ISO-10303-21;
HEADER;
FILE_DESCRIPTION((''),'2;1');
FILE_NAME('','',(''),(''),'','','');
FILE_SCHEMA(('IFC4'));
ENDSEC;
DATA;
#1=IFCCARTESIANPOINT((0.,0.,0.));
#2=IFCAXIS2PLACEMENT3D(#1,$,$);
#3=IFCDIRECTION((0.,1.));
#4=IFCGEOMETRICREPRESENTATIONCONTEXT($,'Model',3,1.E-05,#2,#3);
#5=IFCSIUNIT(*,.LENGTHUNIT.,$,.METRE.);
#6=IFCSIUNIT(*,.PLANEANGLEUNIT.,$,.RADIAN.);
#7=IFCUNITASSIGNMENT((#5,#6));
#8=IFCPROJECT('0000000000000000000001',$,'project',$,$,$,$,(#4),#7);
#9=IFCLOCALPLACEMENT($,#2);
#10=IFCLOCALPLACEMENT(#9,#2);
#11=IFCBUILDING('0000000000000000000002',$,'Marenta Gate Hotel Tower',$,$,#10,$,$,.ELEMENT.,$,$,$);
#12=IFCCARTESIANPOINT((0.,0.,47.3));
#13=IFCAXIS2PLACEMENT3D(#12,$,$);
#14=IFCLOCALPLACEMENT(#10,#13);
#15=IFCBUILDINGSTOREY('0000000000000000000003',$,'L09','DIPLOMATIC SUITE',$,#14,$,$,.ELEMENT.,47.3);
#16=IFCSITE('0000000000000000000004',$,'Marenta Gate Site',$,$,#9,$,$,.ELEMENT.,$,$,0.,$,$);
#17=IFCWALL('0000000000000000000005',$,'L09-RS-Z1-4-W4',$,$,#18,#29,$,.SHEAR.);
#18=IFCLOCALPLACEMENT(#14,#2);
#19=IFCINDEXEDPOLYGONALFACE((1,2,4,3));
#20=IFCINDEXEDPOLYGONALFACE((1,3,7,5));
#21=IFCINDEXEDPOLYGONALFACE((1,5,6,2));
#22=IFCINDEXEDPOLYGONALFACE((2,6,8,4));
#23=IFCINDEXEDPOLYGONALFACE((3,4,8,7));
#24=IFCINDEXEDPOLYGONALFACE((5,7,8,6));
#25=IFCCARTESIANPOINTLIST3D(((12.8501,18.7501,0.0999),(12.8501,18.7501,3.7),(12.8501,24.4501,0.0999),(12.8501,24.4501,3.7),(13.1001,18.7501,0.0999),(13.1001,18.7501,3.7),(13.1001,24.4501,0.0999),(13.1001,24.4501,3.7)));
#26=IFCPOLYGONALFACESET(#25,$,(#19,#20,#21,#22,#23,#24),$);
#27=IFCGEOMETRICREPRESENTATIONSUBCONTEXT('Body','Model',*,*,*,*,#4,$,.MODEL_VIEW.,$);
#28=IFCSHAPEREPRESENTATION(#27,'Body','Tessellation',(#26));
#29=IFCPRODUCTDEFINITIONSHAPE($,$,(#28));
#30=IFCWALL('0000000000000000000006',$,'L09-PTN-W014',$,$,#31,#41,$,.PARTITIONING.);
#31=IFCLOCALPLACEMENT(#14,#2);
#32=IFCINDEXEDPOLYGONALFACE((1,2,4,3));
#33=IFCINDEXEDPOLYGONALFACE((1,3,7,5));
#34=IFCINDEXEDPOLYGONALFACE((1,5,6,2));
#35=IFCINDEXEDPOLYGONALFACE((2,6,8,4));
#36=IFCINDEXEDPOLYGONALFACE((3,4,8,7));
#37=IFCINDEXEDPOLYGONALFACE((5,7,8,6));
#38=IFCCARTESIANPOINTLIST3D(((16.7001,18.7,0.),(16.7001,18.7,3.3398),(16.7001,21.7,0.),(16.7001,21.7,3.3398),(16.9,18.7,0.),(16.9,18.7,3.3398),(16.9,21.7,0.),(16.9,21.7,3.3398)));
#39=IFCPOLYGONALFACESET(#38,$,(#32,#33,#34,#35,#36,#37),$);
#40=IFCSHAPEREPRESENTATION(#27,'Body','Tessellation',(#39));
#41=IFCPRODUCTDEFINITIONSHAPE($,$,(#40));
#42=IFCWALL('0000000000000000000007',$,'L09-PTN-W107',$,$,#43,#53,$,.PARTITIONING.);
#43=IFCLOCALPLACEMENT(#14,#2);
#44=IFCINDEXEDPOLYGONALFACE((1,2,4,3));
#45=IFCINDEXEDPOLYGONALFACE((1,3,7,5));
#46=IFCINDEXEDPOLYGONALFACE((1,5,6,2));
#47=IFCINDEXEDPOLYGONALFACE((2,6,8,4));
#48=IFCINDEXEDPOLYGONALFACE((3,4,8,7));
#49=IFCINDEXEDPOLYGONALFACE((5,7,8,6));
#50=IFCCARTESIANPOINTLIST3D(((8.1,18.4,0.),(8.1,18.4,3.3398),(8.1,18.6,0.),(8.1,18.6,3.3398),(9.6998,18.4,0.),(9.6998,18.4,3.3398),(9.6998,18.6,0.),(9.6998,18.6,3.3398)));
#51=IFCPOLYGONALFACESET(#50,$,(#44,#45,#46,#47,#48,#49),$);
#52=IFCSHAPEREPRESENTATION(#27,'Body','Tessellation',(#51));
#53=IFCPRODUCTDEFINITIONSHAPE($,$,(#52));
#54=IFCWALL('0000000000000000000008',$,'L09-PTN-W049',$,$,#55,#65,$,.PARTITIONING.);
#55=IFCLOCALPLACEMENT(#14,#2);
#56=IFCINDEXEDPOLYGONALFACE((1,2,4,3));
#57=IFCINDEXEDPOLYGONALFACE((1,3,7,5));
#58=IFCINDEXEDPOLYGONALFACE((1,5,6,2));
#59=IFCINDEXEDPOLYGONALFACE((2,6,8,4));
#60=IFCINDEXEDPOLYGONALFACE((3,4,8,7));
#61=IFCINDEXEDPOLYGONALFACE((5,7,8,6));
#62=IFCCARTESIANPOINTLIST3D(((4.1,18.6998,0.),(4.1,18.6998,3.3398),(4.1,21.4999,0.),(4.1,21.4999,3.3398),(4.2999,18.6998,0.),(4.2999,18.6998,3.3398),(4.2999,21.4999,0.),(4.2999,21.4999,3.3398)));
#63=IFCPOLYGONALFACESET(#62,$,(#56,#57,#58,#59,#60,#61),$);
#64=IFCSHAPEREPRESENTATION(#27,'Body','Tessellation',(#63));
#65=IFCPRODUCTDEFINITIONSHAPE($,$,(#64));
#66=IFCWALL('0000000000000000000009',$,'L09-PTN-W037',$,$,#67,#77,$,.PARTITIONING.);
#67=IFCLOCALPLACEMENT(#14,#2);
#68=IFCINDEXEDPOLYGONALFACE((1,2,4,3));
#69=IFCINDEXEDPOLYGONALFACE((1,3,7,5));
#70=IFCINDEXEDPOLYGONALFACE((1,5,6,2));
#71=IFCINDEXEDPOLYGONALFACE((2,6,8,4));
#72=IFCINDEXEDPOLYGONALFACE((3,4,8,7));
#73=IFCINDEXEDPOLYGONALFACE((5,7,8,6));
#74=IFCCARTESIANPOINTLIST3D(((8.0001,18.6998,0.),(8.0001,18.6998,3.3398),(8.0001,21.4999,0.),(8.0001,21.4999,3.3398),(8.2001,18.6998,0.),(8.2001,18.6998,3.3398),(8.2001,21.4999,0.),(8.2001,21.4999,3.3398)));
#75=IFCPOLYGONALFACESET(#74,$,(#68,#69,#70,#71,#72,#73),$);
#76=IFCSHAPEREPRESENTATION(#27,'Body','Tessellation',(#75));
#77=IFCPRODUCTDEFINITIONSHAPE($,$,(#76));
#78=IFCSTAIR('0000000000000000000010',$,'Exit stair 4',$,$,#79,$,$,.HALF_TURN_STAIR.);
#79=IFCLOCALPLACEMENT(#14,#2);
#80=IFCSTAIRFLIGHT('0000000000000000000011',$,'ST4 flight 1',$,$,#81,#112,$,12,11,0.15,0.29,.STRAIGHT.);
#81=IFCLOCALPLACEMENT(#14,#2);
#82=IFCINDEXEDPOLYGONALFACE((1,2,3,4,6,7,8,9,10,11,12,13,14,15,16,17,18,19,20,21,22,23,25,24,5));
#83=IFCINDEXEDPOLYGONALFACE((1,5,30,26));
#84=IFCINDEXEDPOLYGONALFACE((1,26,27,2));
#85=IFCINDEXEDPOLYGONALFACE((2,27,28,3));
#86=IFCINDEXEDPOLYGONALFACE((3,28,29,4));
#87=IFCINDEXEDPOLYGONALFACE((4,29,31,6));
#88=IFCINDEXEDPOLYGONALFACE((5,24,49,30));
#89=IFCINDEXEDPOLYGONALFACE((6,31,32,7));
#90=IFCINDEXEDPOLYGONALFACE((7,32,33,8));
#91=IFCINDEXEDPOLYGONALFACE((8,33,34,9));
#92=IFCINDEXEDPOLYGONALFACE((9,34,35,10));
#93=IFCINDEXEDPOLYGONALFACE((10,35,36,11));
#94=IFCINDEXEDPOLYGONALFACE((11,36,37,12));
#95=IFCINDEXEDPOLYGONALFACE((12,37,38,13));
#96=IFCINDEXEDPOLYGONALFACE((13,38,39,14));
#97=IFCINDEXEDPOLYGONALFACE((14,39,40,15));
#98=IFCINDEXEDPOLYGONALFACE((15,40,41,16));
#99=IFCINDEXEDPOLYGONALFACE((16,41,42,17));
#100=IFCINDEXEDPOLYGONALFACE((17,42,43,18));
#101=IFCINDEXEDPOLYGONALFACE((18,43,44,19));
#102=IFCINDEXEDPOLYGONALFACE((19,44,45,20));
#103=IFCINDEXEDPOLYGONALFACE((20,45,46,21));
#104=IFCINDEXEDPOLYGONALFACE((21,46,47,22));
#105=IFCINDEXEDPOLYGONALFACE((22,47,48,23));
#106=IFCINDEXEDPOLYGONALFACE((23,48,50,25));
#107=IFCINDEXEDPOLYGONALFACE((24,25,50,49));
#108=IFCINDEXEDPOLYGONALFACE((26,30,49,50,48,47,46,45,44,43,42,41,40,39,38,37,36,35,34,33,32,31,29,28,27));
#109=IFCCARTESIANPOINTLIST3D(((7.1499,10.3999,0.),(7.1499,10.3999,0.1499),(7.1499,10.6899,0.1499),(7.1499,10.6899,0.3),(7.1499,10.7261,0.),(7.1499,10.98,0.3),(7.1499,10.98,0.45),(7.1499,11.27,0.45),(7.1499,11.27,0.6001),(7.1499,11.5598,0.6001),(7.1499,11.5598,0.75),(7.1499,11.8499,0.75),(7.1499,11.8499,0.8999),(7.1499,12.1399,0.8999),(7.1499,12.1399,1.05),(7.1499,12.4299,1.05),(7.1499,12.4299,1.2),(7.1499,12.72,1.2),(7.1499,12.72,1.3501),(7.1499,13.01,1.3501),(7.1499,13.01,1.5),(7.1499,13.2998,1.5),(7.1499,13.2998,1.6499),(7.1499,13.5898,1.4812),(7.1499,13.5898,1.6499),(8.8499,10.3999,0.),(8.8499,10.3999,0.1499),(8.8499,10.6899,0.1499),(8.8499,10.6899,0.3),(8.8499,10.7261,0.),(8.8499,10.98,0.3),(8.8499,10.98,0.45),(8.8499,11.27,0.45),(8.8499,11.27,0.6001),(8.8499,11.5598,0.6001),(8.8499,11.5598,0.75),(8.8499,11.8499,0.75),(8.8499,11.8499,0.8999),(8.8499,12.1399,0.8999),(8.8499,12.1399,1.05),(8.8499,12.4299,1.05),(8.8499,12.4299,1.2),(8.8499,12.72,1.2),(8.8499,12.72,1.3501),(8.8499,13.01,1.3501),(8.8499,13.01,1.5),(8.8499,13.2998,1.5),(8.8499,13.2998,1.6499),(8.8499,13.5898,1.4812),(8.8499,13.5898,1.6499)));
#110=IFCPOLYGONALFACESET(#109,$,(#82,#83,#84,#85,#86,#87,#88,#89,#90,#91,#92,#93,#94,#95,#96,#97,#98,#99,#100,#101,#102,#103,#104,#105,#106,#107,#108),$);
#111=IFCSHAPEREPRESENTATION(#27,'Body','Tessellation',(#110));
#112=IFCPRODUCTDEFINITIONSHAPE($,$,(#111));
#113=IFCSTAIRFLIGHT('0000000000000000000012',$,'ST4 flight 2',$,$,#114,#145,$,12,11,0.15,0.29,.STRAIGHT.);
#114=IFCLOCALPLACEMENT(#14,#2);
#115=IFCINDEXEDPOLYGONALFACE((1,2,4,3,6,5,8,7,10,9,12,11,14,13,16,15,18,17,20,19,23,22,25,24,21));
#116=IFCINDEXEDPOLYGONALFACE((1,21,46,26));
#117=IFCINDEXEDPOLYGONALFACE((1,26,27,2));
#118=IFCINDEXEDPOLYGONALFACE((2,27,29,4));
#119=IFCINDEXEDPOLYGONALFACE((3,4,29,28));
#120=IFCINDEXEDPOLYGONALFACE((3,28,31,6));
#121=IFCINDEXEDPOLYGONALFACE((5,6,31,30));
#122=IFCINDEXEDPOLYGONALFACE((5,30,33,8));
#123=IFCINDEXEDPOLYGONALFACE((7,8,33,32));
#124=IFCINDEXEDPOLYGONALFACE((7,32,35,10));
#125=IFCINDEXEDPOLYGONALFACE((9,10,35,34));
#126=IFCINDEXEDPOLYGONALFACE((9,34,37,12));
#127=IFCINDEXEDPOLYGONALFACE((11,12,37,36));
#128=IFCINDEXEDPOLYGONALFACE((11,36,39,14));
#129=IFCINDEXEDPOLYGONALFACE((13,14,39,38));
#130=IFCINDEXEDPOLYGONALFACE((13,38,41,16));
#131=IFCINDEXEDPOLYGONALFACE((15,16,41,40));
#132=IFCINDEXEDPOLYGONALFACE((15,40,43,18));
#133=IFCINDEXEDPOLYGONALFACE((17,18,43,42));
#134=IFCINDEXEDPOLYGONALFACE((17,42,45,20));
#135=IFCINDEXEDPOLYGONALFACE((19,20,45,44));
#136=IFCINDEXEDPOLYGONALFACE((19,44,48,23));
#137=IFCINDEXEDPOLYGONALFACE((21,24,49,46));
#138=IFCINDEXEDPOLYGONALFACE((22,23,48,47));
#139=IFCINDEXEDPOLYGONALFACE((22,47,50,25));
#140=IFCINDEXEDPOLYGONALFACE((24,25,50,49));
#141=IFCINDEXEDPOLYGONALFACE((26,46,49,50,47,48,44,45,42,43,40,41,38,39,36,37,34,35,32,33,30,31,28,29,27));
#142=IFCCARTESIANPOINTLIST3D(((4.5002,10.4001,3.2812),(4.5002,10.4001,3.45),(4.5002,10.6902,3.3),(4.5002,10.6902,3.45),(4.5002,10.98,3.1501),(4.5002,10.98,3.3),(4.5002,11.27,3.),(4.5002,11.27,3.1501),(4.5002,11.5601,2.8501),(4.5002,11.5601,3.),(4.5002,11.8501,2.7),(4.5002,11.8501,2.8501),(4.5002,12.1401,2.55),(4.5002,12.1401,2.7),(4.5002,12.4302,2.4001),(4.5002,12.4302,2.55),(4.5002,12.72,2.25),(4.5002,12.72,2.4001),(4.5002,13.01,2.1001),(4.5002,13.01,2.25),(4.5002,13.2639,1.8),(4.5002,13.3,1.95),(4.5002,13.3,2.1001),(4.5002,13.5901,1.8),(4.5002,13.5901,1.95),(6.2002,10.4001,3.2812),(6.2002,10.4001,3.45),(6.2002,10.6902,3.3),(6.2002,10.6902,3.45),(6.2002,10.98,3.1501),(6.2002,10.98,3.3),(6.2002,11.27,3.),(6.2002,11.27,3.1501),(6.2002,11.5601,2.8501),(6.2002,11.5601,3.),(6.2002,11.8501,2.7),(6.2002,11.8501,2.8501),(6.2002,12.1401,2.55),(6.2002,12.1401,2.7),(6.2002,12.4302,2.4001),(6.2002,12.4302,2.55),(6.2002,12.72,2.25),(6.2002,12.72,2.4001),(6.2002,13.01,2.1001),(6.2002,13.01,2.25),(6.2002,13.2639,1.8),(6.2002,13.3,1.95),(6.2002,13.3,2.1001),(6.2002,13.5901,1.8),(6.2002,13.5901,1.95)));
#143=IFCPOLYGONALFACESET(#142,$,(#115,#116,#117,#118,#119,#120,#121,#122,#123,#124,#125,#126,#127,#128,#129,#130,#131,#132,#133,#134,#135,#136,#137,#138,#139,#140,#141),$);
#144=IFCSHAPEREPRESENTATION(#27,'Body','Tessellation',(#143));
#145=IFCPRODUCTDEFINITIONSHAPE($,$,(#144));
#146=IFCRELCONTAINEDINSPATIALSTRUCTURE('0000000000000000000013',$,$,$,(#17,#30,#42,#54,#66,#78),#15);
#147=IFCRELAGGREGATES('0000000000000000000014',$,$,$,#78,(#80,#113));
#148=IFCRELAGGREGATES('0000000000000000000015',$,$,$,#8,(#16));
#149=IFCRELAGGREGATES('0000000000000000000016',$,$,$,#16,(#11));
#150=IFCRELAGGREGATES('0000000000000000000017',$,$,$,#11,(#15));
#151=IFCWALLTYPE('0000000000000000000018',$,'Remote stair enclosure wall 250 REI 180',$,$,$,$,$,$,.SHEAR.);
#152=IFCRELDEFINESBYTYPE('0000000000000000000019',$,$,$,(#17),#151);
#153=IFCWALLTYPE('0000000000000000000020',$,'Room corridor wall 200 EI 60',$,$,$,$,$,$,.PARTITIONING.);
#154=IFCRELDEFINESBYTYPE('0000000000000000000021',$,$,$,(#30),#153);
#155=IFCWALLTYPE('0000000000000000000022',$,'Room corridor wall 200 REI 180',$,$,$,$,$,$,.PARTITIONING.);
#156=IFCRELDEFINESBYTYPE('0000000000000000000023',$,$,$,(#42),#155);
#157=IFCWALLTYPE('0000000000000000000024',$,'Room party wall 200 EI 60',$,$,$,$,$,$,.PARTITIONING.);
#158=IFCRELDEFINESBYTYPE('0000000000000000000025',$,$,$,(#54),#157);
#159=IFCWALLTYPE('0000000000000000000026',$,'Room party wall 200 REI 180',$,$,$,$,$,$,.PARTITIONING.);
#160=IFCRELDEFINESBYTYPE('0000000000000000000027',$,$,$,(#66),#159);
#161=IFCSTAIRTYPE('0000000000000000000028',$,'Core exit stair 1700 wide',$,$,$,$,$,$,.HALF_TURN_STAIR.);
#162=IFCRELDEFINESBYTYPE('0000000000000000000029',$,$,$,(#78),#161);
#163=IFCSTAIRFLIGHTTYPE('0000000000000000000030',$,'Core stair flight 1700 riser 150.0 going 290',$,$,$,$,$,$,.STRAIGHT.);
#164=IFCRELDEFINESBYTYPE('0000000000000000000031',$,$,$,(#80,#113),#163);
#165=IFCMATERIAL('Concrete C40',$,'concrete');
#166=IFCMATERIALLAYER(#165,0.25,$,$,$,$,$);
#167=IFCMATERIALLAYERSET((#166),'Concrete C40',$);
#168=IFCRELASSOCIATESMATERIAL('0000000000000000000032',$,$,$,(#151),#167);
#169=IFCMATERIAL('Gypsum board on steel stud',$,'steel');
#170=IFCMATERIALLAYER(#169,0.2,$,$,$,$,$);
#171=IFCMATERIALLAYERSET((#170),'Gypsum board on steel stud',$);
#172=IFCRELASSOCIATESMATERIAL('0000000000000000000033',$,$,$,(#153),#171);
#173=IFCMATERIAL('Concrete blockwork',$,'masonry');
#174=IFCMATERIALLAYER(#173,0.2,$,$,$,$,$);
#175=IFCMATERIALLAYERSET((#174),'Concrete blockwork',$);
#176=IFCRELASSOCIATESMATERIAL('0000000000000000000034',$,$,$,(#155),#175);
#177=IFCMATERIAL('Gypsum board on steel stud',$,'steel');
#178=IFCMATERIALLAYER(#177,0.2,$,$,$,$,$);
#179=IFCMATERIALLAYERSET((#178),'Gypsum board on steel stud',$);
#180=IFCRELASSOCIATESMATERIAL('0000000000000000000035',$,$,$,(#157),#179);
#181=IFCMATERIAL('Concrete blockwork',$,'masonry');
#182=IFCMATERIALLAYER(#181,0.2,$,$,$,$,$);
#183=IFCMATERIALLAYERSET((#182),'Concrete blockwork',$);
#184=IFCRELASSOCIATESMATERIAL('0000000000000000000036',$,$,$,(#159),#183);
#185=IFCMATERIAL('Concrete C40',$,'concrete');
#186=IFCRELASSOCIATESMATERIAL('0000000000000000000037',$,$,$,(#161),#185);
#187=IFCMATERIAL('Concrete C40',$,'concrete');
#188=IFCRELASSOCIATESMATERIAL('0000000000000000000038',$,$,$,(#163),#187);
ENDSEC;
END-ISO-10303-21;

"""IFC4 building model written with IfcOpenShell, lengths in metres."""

from ifc_helpers import new_model, si_unit, direction, frame, frame_2d, origin, place, context, subcontext, project, spatial, polyline, rectangle, outline, extrude, material, layer, layer_set, type_object, element, aggregate, save


model = new_model("IFC4")

# Units and contexts
model_context = context("Model", 3, precision=1e-05, world=origin(), true_north=direction((0.0, 1.0)))
body_context = subcontext(model_context, "Body", "Model", "MODEL_VIEW")
ifc_project = project(units=[si_unit("LENGTHUNIT", "METRE"), si_unit("PLANEANGLEUNIT", "RADIAN")], contexts=[model_context])

# Site, building, storey
site_placement = place(None, origin())
site = spatial("IfcSite", under=ifc_project, at=site_placement, Name="Marenta Gate Site", CompositionType="ELEMENT", RefElevation=0.0)
building_placement = place(site_placement, origin())
building = spatial("IfcBuilding", under=site, at=building_placement, Name="Marenta Gate Hotel Tower", CompositionType="ELEMENT")
storey_placement = place(building_placement, frame((0.0, 0.0, 47.3)))
storey = spatial("IfcBuildingStorey", under=building, at=storey_placement, Name="L09", Description="DIPLOMATIC SUITE", CompositionType="ELEMENT", Elevation=47.3)

# Shared definitions
ifc_material_1 = material(Name="Concrete C40", Category="concrete")
ifc_layer_1 = layer(ifc_material_1, 0.25)
ifc_layer_set_1 = layer_set([ifc_layer_1], Name="Concrete C40")
wall_type_1 = type_object("IfcWallType", Name="Remote stair enclosure wall 250 REI 180", PredefinedType="SHEAR", material=ifc_layer_set_1)

# Walls
wall_1_placement = place(storey_placement, frame((12.9751, 18.75, 0.0999), z_axis=(0.0, 0.0, 1.0), x_axis=(0.0, 1.0, 0.0)))
element("IfcWall", 1, at=wall_1_placement, inside=storey, type_object=wall_type_1, Name="L09-RS-Z1-4-W4", PredefinedType="SHEAR", context=body_context, shape_type="SweptSolid", body=[
    extrude(rectangle(XDim=5.7, YDim=0.25, at=frame_2d((2.8501, 0.0))), origin(), (0.0, 0.0, 1.0), 3.6001),
])
ifc_material_2 = material(Name="Gypsum board on steel stud", Category="steel")
ifc_layer_2 = layer(ifc_material_2, 0.2)
ifc_layer_set_2 = layer_set([ifc_layer_2], Name="Gypsum board on steel stud")
wall_type_2 = type_object("IfcWallType", Name="Room corridor wall 200 EI 60", PredefinedType="PARTITIONING", material=ifc_layer_set_2)
wall_2_placement = place(storey_placement, frame((16.8, 18.7, 0.0), z_axis=(0.0, 0.0, 1.0), x_axis=(0.0, 1.0, 0.0)))
element("IfcWall", 2, at=wall_2_placement, inside=storey, type_object=wall_type_2, Name="L09-PTN-W014", PredefinedType="PARTITIONING", context=body_context, shape_type="SweptSolid", body=[
    extrude(rectangle(XDim=3.0, YDim=0.2, at=frame_2d((1.5, 0.0))), origin(), (0.0, 0.0, 1.0), 3.3398),
])

# Walls
ifc_material_3 = material(Name="Concrete blockwork", Category="masonry")
ifc_layer_3 = layer(ifc_material_3, 0.2)
ifc_layer_set_3 = layer_set([ifc_layer_3], Name="Concrete blockwork")
wall_type_3 = type_object("IfcWallType", Name="Room corridor wall 200 REI 180", PredefinedType="PARTITIONING", material=ifc_layer_set_3)
wall_3_placement = place(storey_placement, frame((8.1001, 18.5, 0.0), z_axis=(0.0, 0.0, 1.0), x_axis=(1.0, 0.0, 0.0)))
element("IfcWall", 3, at=wall_3_placement, inside=storey, type_object=wall_type_3, Name="L09-PTN-W107", PredefinedType="PARTITIONING", context=body_context, shape_type="SweptSolid", body=[
    extrude(rectangle(XDim=1.5999, YDim=0.2, at=frame_2d((0.7998, 0.0))), origin(), (0.0, 0.0, 1.0), 3.3398),
])
ifc_material_4 = material(Name="Gypsum board on steel stud", Category="steel")
ifc_layer_4 = layer(ifc_material_4, 0.2)
ifc_layer_set_4 = layer_set([ifc_layer_4], Name="Gypsum board on steel stud")
wall_type_4 = type_object("IfcWallType", Name="Room party wall 200 EI 60", PredefinedType="PARTITIONING", material=ifc_layer_set_4)
wall_4_placement = place(storey_placement, frame((4.2, 18.7, 0.0), z_axis=(0.0, 0.0, 1.0), x_axis=(0.0, 1.0, 0.0)))
element("IfcWall", 4, at=wall_4_placement, inside=storey, type_object=wall_type_4, Name="L09-PTN-W049", PredefinedType="PARTITIONING", context=body_context, shape_type="SweptSolid", body=[
    extrude(rectangle(XDim=2.8, YDim=0.2, at=frame_2d((1.3999, 0.0))), origin(), (0.0, 0.0, 1.0), 3.3398),
])
ifc_material_5 = material(Name="Concrete blockwork", Category="masonry")
ifc_layer_5 = layer(ifc_material_5, 0.2)
ifc_layer_set_5 = layer_set([ifc_layer_5], Name="Concrete blockwork")
wall_type_5 = type_object("IfcWallType", Name="Room party wall 200 REI 180", PredefinedType="PARTITIONING", material=ifc_layer_set_5)
wall_5_placement = place(storey_placement, frame((8.1001, 18.7, 0.0), z_axis=(0.0, 0.0, 1.0), x_axis=(0.0, 1.0, 0.0)))
element("IfcWall", 5, at=wall_5_placement, inside=storey, type_object=wall_type_5, Name="L09-PTN-W037", PredefinedType="PARTITIONING", context=body_context, shape_type="SweptSolid", body=[
    extrude(rectangle(XDim=2.8, YDim=0.2, at=frame_2d((1.3999, 0.0))), origin(), (0.0, 0.0, 1.0), 3.3398),
])

# Stair, stair flights
ifc_material_6 = material(Name="Concrete C40", Category="concrete")
stair_type = type_object("IfcStairType", Name="Core exit stair 1700 wide", PredefinedType="HALF_TURN_STAIR", material=ifc_material_6)
stair_placement = place(storey_placement, origin())
stair = element("IfcStair", 6, at=stair_placement, inside=storey, type_object=stair_type, Name="Exit stair 4", PredefinedType="HALF_TURN_STAIR")
ifc_material_7 = material(Name="Concrete C40", Category="concrete")
stair_flight_type = type_object("IfcStairFlightType", Name="Core stair flight 1700 riser 150.0 going 290", PredefinedType="STRAIGHT", material=ifc_material_7)
stair_flight_1_placement = place(storey_placement, frame((8.0, 10.3999, 0.0), z_axis=(0.0, 0.0, 1.0), x_axis=(0.0, 1.0, 0.0)))
stair_flight_1 = element("IfcStairFlight", 7, at=stair_flight_1_placement, type_object=stair_flight_type, Name="ST4 flight 1", NumberOfRisers=12, NumberOfTreads=11, PredefinedType="STRAIGHT", RiserHeight=0.15, TreadLength=0.29, context=body_context, shape_type="SweptSolid", body=[
    extrude(outline(polyline([(0.0, 0.0), (0.0, 0.1499), (0.29, 0.1499), (0.29, 0.3), (0.5801, 0.3), (0.5801, 0.45), (0.8701, 0.45), (0.8701, 0.6001), (1.1599, 0.6001), (1.1599, 0.75), (1.45, 0.75), (1.45, 0.8999), (1.74, 0.8999), (1.74, 1.05), (2.03, 1.05), (2.03, 1.2), (2.3201, 1.2), (2.3201, 1.3501), (2.6101, 1.3501), (2.6101, 1.5), (2.8999, 1.5), (2.8999, 1.6499), (3.1899, 1.6499), (3.1899, 1.8), (3.1899, 1.4812), (0.3262, 0.0), (0.0, 0.0)])), frame((0.0, 0.8501, 0.0), z_axis=(0.0, -1.0, 0.0), x_axis=(1.0, 0.0, 0.0)), (0.0, 0.0, 1.0), 1.7),
])
stair_flight_2_placement = place(storey_placement, frame((5.3501, 13.5901, 1.8), z_axis=(0.0, 0.0, 1.0), x_axis=(0.0, -1.0, 0.0)))
stair_flight_2 = element("IfcStairFlight", 8, at=stair_flight_2_placement, type_object=stair_flight_type, Name="ST4 flight 2", NumberOfRisers=12, NumberOfTreads=11, PredefinedType="STRAIGHT", RiserHeight=0.15, TreadLength=0.29, context=body_context, shape_type="SweptSolid", body=[
    extrude(outline(polyline([(0.0, 0.0), (0.0, 0.1499), (0.29, 0.1499), (0.29, 0.3), (0.5801, 0.3), (0.5801, 0.45), (0.8701, 0.45), (0.8701, 0.6001), (1.1599, 0.6001), (1.1599, 0.75), (1.45, 0.75), (1.45, 0.8999), (1.74, 0.8999), (1.74, 1.05), (2.03, 1.05), (2.03, 1.2), (2.3201, 1.2), (2.3201, 1.3501), (2.6101, 1.3501), (2.6101, 1.5), (2.8999, 1.5), (2.8999, 1.6499), (3.1899, 1.6499), (3.1899, 1.8), (3.1899, 1.4812), (0.3262, 0.0), (0.0, 0.0)])), frame((0.0, 0.8501, 0.0), z_axis=(0.0, -1.0, 0.0), x_axis=(1.0, 0.0, 0.0)), (0.0, 0.0, 1.0), 1.7),
])
aggregate(stair, [stair_flight_1, stair_flight_2])

save(model, "model.ifc")
